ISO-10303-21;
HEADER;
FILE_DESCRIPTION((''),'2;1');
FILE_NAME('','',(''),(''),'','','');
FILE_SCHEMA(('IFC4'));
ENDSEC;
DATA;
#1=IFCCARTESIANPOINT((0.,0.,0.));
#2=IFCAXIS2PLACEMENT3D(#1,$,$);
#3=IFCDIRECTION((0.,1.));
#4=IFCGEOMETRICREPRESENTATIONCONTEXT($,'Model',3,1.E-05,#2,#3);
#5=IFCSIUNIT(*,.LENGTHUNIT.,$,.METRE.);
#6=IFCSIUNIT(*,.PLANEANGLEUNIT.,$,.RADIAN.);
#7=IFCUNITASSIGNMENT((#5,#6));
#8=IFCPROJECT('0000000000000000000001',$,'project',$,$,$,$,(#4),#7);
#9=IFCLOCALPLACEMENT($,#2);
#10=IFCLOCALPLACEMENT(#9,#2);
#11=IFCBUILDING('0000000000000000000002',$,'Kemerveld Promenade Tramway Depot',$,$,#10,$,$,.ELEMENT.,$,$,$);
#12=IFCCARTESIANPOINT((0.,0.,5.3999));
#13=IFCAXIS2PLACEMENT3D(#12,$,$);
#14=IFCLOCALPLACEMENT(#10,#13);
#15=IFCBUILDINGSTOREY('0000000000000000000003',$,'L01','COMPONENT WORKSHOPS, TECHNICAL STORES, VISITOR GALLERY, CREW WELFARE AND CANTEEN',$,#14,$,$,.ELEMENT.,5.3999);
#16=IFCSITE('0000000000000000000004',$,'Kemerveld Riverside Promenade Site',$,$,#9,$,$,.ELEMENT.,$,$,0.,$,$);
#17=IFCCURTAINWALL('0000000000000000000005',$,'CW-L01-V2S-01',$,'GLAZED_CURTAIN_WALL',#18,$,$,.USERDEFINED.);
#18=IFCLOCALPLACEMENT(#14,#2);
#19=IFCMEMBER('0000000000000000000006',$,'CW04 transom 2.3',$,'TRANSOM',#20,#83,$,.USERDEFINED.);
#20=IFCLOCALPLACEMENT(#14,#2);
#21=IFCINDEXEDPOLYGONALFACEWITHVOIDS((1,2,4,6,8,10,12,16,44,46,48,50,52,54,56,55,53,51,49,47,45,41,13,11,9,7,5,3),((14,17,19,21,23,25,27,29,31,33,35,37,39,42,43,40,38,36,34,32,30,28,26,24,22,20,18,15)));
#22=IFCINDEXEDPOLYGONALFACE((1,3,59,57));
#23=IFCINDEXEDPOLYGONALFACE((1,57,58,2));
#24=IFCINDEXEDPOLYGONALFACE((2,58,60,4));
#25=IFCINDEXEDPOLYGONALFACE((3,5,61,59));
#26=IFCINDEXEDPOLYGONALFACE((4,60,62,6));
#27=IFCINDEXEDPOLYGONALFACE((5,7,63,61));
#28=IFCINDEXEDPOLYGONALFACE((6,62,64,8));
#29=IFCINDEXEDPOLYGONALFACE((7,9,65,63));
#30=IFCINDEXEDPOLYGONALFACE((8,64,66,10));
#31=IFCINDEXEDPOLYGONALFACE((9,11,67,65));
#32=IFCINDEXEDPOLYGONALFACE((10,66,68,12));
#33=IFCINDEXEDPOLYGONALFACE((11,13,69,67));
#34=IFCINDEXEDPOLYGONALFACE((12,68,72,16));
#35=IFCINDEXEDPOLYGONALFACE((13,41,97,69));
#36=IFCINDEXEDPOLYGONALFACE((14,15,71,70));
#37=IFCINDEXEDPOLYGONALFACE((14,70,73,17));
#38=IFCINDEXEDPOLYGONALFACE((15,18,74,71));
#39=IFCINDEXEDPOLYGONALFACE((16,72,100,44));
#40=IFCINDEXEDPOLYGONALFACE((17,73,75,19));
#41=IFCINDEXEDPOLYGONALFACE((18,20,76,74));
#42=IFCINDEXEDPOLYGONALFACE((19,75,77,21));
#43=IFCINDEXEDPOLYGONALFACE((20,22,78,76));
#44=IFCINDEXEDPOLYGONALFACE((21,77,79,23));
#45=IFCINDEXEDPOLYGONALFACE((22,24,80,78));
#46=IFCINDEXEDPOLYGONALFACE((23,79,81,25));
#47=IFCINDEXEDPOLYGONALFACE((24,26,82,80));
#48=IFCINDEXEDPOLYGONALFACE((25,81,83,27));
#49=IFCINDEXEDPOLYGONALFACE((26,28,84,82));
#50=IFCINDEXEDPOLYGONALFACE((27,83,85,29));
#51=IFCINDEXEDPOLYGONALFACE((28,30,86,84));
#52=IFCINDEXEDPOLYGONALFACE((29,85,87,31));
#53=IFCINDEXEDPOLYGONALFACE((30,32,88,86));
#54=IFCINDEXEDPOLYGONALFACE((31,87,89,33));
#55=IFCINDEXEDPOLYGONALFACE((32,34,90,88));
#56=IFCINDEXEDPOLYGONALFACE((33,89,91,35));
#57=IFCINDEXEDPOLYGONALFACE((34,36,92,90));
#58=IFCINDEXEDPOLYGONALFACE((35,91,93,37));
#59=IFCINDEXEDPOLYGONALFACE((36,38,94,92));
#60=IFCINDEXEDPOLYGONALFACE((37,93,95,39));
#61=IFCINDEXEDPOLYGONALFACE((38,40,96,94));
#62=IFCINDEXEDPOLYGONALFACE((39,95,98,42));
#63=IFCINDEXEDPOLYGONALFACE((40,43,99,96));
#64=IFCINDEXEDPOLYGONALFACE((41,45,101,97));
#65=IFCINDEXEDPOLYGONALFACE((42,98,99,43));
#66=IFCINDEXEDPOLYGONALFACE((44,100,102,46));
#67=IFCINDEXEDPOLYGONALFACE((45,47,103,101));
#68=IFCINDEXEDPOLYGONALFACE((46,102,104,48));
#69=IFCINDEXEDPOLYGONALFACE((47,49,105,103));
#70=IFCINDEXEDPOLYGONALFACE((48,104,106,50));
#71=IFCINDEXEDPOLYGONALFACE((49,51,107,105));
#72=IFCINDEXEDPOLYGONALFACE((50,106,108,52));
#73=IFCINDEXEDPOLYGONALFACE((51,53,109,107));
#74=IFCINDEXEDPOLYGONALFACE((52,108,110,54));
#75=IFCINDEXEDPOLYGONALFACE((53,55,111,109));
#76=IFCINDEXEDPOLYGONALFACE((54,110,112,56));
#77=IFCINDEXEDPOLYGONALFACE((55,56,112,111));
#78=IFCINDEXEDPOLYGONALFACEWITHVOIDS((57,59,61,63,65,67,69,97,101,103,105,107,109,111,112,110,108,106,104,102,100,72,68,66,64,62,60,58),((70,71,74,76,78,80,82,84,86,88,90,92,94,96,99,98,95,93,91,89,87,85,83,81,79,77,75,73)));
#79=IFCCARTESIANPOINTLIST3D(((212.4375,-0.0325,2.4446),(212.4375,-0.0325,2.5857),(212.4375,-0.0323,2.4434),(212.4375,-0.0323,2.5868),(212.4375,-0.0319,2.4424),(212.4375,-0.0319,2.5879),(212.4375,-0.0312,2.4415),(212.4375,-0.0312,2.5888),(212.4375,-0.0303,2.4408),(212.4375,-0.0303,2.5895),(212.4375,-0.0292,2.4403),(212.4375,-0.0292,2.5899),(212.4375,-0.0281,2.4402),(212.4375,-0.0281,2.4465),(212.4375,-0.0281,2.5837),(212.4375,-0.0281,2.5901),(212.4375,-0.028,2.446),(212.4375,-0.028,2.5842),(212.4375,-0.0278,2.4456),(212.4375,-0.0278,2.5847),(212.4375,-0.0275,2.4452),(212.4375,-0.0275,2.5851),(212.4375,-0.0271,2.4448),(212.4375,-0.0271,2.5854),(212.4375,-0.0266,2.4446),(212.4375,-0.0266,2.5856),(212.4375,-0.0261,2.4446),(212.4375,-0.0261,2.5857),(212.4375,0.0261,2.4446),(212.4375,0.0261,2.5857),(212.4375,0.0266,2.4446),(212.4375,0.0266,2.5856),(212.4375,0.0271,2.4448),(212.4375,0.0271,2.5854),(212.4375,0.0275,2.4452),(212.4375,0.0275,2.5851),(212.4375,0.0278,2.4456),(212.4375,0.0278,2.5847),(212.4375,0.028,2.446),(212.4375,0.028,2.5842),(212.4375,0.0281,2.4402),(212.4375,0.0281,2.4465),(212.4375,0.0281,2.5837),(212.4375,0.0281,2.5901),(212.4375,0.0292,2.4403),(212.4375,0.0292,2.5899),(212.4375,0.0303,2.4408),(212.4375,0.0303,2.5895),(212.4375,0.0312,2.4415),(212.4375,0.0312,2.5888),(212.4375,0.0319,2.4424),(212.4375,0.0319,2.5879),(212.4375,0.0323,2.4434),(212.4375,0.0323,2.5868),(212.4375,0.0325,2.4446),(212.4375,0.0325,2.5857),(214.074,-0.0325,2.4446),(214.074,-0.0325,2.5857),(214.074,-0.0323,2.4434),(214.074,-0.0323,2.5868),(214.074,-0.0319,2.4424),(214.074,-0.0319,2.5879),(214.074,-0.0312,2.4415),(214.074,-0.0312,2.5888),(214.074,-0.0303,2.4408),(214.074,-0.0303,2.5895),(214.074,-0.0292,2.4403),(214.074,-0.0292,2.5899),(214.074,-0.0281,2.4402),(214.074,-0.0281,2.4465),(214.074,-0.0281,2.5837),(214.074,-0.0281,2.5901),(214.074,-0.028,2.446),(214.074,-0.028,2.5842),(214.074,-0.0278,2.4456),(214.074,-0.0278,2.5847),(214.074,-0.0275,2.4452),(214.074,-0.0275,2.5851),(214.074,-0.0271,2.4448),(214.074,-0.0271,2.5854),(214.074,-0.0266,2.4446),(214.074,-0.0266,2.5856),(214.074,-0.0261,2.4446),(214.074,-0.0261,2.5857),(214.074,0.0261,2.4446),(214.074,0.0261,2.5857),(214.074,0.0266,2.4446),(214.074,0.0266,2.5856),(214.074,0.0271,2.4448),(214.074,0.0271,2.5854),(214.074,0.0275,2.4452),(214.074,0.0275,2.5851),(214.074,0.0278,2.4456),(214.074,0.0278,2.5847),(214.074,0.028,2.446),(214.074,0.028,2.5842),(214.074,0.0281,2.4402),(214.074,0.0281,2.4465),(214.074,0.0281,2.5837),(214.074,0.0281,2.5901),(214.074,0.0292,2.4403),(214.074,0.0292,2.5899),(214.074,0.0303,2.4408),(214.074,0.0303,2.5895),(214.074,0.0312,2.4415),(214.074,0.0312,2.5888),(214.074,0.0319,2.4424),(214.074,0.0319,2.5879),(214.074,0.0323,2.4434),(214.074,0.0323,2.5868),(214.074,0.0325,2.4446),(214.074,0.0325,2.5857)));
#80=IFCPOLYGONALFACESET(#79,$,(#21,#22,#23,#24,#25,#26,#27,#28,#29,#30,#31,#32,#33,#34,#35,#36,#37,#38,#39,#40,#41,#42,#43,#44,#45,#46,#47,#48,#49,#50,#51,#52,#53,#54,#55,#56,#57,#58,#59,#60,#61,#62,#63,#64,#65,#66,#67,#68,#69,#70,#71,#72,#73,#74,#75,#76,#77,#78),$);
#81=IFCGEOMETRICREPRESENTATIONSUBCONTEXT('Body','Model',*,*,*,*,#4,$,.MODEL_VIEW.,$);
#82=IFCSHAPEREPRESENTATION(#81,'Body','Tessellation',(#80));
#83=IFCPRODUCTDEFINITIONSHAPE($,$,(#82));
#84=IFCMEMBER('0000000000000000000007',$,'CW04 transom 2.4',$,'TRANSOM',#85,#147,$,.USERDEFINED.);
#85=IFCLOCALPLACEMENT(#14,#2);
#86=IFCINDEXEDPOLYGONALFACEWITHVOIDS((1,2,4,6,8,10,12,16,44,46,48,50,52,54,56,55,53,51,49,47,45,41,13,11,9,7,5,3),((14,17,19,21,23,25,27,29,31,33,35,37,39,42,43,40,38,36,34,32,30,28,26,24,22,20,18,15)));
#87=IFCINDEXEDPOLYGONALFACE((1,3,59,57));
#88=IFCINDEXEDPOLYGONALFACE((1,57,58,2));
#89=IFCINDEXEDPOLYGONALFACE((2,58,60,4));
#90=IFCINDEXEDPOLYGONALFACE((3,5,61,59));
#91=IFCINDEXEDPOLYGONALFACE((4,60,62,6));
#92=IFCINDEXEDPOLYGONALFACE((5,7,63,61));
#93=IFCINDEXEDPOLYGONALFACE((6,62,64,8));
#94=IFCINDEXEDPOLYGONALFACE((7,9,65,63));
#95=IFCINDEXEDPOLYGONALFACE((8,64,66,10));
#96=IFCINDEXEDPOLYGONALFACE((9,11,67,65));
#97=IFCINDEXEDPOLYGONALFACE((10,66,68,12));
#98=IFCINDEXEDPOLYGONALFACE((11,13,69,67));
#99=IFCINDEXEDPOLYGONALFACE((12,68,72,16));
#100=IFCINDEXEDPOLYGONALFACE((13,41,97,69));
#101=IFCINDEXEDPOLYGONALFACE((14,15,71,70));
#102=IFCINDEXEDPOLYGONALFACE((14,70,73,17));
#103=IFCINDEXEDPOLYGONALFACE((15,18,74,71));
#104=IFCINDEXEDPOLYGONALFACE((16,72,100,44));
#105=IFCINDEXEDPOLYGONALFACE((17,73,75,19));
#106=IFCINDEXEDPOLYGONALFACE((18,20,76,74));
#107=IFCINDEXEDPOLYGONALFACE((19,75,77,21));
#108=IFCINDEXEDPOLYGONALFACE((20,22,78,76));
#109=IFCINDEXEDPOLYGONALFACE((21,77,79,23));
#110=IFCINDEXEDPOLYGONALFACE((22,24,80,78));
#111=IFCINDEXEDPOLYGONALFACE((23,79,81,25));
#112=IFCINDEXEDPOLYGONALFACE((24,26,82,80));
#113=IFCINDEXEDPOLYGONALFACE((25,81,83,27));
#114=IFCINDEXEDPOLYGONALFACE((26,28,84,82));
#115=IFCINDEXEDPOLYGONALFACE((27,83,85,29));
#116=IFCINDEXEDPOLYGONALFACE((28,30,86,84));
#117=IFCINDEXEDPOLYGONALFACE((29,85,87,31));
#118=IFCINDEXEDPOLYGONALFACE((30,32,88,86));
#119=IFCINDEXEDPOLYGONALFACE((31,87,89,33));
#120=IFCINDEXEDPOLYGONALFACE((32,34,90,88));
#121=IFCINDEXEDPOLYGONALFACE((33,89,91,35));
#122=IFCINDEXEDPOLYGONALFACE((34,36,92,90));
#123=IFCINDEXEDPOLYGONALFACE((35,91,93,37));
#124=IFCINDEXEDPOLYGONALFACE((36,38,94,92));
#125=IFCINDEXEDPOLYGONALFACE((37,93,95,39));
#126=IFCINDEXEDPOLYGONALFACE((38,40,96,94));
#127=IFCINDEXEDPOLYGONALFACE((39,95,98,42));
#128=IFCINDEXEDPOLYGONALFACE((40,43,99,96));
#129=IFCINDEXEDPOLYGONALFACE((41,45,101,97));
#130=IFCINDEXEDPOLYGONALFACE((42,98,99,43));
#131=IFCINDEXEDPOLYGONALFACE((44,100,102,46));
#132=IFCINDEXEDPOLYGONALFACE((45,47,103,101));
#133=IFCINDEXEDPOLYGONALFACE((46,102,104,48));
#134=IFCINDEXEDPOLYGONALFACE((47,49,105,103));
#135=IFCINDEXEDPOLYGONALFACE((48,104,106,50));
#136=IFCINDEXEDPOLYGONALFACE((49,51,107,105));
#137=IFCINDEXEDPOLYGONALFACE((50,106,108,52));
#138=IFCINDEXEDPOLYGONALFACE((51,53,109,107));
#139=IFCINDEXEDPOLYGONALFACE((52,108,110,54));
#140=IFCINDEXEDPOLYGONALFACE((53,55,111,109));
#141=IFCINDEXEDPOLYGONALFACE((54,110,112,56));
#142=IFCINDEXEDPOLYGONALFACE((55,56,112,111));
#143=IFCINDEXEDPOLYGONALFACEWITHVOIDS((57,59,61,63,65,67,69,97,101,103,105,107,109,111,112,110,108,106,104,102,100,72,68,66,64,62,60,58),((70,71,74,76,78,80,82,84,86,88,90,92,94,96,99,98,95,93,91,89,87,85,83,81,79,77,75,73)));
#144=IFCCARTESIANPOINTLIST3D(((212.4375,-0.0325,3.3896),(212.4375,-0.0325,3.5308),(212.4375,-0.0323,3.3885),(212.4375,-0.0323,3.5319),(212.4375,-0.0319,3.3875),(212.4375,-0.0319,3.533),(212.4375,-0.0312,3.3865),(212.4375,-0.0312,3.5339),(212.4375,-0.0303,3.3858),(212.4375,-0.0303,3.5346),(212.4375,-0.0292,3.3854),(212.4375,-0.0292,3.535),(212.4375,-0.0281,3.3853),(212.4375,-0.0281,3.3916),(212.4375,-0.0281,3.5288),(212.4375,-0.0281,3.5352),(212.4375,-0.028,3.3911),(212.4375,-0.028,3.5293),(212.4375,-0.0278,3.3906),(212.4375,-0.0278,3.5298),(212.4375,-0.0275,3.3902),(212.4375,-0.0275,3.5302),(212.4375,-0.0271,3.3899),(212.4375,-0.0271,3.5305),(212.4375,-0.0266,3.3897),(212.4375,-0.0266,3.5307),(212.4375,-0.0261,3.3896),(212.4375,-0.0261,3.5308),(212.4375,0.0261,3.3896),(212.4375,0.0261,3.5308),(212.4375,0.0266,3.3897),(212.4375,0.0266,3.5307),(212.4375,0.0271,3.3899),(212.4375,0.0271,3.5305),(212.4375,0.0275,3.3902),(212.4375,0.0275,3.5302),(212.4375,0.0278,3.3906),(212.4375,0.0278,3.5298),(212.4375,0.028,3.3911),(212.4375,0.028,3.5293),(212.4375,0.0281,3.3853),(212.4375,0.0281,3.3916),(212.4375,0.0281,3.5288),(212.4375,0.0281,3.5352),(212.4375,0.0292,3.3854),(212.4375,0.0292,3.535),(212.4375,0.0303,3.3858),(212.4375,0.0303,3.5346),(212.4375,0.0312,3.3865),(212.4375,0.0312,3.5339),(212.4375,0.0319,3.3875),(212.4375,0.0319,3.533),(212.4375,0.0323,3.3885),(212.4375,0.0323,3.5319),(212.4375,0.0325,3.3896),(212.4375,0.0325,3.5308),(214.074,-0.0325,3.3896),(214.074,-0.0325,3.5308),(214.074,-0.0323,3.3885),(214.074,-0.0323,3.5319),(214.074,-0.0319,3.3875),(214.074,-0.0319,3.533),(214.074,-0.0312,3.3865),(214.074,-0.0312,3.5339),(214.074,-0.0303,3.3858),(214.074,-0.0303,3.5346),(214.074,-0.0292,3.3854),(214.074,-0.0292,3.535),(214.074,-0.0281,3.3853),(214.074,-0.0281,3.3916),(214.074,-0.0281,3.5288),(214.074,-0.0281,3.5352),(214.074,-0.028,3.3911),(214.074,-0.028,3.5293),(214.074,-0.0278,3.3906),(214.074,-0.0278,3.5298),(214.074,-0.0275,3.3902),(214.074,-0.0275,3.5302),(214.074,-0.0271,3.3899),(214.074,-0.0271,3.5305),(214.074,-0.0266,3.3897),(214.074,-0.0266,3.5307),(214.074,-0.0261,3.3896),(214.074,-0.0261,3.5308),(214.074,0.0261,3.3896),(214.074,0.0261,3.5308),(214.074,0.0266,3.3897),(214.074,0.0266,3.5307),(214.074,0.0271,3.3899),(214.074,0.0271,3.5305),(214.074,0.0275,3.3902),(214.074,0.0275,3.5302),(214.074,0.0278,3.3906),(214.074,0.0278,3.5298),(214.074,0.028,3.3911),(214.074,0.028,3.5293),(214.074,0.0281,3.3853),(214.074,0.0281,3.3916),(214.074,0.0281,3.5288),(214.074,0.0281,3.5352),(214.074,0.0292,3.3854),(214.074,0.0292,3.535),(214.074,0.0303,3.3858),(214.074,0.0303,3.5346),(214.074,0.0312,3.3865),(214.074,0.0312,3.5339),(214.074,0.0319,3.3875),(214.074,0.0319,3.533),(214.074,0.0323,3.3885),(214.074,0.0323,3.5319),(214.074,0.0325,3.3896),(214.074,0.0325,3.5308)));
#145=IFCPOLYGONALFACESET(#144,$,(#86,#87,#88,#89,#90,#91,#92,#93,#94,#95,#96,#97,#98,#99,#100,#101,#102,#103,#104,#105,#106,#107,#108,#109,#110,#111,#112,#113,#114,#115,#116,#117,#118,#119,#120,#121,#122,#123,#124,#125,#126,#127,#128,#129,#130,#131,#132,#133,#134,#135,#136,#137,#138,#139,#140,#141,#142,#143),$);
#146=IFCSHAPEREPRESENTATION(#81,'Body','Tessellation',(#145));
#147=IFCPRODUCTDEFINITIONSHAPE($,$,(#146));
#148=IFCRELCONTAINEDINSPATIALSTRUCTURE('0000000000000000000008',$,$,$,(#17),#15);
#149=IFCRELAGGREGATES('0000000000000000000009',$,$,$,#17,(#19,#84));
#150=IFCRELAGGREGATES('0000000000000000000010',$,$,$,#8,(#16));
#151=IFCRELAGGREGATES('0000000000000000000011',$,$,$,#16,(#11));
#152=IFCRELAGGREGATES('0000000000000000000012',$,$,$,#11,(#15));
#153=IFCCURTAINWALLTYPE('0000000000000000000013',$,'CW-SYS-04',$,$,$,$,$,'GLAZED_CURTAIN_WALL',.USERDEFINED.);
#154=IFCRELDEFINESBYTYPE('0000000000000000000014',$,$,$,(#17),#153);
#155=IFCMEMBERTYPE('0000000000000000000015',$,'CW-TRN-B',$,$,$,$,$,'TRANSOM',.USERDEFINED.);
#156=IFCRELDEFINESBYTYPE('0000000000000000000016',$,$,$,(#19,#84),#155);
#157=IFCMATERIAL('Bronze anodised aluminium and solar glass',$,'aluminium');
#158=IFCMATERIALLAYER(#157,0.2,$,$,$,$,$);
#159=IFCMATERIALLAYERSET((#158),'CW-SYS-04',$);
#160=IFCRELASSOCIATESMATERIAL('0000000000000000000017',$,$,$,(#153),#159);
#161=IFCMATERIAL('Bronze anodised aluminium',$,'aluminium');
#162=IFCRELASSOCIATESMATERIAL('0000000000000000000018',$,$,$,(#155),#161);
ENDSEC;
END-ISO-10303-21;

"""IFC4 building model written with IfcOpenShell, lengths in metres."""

from ifc_helpers import new_model, si_unit, direction, frame, origin, origin_2d, place, context, subcontext, project, spatial, hollow_rectangle, extrude, material, layer, layer_set, material_profile, profile_set, type_object, element, aggregate, save


model = new_model("IFC4")

# Units and contexts
model_context = context("Model", 3, precision=1e-05, world=origin(), true_north=direction((0.0, 1.0)))
body_context = subcontext(model_context, "Body", "Model", "MODEL_VIEW")
ifc_project = project(units=[si_unit("LENGTHUNIT", "METRE"), si_unit("PLANEANGLEUNIT", "RADIAN")], contexts=[model_context])

# Site, building, storey
site_placement = place(None, origin())
site = spatial("IfcSite", under=ifc_project, at=site_placement, Name="Kemerveld Riverside Promenade Site", CompositionType="ELEMENT", RefElevation=0.0)
building_placement = place(site_placement, origin())
building = spatial("IfcBuilding", under=site, at=building_placement, Name="Kemerveld Promenade Tramway Depot", CompositionType="ELEMENT")
storey_placement = place(building_placement, frame((0.0, 0.0, 5.3999)))
storey = spatial("IfcBuildingStorey", under=building, at=storey_placement, Name="L01", Description="COMPONENT WORKSHOPS, TECHNICAL STORES, VISITOR GALLERY, CREW WELFARE AND CANTEEN", CompositionType="ELEMENT", Elevation=5.3999)

# Shared definitions
ifc_material_1 = material(Name="Bronze anodised aluminium and solar glass", Category="aluminium")
ifc_material_2 = material(Name="Bronze anodised aluminium", Category="aluminium")

# Curtain wall, members
ifc_layer_1 = layer(ifc_material_1, 0.2)
ifc_layer_set_1 = layer_set([ifc_layer_1], Name="CW-SYS-04")
curtain_wall_type_1 = type_object("IfcCurtainWallType", Name="CW-SYS-04", ElementType="GLAZED_CURTAIN_WALL", PredefinedType="USERDEFINED", material=ifc_layer_set_1)
curtain_wall_1_placement = place(storey_placement, origin())
curtain_wall_1 = element("IfcCurtainWall", 1, at=curtain_wall_1_placement, inside=storey, type_object=curtain_wall_type_1, Name="CW-L01-V2S-01", ObjectType="GLAZED_CURTAIN_WALL", PredefinedType="USERDEFINED")
ifc_material_profile_1 = material_profile(ifc_material_2, hollow_rectangle(XDim=0.0649, YDim=0.1499, WallThickness=0.0044, InnerFilletRadius=0.002, OuterFilletRadius=0.0044, at=origin_2d()), Name="CW-TRN-150x65")
ifc_profile_set_1 = profile_set([ifc_material_profile_1], Name="Bronze anodised aluminium")
member_type_1 = type_object("IfcMemberType", Name="CW-TRN-B", ElementType="TRANSOM", PredefinedType="USERDEFINED", material=ifc_profile_set_1)
member_1_placement = place(storey_placement, frame((214.074, 0.0, 2.5151), z_axis=(-1.0, 0.0, 0.0), x_axis=(0.0, -1.0, 0.0)))
member_1 = element("IfcMember", 2, at=member_1_placement, type_object=member_type_1, Name="CW04 transom 2.3", ObjectType="TRANSOM", PredefinedType="USERDEFINED", context=body_context, shape_type="SweptSolid", body=[
    extrude(hollow_rectangle(XDim=0.0649, YDim=0.1499, WallThickness=0.0044, InnerFilletRadius=0.002, OuterFilletRadius=0.0044, at=origin_2d()), origin(), (0.0, 0.0, 1.0), 1.6365),
])
member_2_placement = place(storey_placement, frame((214.074, 0.0, 3.4602), z_axis=(-1.0, 0.0, 0.0), x_axis=(0.0, -1.0, 0.0)))
member_2 = element("IfcMember", 3, at=member_2_placement, type_object=member_type_1, Name="CW04 transom 2.4", ObjectType="TRANSOM", PredefinedType="USERDEFINED", context=body_context, shape_type="SweptSolid", body=[
    extrude(hollow_rectangle(XDim=0.0649, YDim=0.1499, WallThickness=0.0044, InnerFilletRadius=0.002, OuterFilletRadius=0.0044, at=origin_2d()), origin(), (0.0, 0.0, 1.0), 1.6365),
])

aggregate(curtain_wall_1, [member_1, member_2])

save(model, "model.ifc")
